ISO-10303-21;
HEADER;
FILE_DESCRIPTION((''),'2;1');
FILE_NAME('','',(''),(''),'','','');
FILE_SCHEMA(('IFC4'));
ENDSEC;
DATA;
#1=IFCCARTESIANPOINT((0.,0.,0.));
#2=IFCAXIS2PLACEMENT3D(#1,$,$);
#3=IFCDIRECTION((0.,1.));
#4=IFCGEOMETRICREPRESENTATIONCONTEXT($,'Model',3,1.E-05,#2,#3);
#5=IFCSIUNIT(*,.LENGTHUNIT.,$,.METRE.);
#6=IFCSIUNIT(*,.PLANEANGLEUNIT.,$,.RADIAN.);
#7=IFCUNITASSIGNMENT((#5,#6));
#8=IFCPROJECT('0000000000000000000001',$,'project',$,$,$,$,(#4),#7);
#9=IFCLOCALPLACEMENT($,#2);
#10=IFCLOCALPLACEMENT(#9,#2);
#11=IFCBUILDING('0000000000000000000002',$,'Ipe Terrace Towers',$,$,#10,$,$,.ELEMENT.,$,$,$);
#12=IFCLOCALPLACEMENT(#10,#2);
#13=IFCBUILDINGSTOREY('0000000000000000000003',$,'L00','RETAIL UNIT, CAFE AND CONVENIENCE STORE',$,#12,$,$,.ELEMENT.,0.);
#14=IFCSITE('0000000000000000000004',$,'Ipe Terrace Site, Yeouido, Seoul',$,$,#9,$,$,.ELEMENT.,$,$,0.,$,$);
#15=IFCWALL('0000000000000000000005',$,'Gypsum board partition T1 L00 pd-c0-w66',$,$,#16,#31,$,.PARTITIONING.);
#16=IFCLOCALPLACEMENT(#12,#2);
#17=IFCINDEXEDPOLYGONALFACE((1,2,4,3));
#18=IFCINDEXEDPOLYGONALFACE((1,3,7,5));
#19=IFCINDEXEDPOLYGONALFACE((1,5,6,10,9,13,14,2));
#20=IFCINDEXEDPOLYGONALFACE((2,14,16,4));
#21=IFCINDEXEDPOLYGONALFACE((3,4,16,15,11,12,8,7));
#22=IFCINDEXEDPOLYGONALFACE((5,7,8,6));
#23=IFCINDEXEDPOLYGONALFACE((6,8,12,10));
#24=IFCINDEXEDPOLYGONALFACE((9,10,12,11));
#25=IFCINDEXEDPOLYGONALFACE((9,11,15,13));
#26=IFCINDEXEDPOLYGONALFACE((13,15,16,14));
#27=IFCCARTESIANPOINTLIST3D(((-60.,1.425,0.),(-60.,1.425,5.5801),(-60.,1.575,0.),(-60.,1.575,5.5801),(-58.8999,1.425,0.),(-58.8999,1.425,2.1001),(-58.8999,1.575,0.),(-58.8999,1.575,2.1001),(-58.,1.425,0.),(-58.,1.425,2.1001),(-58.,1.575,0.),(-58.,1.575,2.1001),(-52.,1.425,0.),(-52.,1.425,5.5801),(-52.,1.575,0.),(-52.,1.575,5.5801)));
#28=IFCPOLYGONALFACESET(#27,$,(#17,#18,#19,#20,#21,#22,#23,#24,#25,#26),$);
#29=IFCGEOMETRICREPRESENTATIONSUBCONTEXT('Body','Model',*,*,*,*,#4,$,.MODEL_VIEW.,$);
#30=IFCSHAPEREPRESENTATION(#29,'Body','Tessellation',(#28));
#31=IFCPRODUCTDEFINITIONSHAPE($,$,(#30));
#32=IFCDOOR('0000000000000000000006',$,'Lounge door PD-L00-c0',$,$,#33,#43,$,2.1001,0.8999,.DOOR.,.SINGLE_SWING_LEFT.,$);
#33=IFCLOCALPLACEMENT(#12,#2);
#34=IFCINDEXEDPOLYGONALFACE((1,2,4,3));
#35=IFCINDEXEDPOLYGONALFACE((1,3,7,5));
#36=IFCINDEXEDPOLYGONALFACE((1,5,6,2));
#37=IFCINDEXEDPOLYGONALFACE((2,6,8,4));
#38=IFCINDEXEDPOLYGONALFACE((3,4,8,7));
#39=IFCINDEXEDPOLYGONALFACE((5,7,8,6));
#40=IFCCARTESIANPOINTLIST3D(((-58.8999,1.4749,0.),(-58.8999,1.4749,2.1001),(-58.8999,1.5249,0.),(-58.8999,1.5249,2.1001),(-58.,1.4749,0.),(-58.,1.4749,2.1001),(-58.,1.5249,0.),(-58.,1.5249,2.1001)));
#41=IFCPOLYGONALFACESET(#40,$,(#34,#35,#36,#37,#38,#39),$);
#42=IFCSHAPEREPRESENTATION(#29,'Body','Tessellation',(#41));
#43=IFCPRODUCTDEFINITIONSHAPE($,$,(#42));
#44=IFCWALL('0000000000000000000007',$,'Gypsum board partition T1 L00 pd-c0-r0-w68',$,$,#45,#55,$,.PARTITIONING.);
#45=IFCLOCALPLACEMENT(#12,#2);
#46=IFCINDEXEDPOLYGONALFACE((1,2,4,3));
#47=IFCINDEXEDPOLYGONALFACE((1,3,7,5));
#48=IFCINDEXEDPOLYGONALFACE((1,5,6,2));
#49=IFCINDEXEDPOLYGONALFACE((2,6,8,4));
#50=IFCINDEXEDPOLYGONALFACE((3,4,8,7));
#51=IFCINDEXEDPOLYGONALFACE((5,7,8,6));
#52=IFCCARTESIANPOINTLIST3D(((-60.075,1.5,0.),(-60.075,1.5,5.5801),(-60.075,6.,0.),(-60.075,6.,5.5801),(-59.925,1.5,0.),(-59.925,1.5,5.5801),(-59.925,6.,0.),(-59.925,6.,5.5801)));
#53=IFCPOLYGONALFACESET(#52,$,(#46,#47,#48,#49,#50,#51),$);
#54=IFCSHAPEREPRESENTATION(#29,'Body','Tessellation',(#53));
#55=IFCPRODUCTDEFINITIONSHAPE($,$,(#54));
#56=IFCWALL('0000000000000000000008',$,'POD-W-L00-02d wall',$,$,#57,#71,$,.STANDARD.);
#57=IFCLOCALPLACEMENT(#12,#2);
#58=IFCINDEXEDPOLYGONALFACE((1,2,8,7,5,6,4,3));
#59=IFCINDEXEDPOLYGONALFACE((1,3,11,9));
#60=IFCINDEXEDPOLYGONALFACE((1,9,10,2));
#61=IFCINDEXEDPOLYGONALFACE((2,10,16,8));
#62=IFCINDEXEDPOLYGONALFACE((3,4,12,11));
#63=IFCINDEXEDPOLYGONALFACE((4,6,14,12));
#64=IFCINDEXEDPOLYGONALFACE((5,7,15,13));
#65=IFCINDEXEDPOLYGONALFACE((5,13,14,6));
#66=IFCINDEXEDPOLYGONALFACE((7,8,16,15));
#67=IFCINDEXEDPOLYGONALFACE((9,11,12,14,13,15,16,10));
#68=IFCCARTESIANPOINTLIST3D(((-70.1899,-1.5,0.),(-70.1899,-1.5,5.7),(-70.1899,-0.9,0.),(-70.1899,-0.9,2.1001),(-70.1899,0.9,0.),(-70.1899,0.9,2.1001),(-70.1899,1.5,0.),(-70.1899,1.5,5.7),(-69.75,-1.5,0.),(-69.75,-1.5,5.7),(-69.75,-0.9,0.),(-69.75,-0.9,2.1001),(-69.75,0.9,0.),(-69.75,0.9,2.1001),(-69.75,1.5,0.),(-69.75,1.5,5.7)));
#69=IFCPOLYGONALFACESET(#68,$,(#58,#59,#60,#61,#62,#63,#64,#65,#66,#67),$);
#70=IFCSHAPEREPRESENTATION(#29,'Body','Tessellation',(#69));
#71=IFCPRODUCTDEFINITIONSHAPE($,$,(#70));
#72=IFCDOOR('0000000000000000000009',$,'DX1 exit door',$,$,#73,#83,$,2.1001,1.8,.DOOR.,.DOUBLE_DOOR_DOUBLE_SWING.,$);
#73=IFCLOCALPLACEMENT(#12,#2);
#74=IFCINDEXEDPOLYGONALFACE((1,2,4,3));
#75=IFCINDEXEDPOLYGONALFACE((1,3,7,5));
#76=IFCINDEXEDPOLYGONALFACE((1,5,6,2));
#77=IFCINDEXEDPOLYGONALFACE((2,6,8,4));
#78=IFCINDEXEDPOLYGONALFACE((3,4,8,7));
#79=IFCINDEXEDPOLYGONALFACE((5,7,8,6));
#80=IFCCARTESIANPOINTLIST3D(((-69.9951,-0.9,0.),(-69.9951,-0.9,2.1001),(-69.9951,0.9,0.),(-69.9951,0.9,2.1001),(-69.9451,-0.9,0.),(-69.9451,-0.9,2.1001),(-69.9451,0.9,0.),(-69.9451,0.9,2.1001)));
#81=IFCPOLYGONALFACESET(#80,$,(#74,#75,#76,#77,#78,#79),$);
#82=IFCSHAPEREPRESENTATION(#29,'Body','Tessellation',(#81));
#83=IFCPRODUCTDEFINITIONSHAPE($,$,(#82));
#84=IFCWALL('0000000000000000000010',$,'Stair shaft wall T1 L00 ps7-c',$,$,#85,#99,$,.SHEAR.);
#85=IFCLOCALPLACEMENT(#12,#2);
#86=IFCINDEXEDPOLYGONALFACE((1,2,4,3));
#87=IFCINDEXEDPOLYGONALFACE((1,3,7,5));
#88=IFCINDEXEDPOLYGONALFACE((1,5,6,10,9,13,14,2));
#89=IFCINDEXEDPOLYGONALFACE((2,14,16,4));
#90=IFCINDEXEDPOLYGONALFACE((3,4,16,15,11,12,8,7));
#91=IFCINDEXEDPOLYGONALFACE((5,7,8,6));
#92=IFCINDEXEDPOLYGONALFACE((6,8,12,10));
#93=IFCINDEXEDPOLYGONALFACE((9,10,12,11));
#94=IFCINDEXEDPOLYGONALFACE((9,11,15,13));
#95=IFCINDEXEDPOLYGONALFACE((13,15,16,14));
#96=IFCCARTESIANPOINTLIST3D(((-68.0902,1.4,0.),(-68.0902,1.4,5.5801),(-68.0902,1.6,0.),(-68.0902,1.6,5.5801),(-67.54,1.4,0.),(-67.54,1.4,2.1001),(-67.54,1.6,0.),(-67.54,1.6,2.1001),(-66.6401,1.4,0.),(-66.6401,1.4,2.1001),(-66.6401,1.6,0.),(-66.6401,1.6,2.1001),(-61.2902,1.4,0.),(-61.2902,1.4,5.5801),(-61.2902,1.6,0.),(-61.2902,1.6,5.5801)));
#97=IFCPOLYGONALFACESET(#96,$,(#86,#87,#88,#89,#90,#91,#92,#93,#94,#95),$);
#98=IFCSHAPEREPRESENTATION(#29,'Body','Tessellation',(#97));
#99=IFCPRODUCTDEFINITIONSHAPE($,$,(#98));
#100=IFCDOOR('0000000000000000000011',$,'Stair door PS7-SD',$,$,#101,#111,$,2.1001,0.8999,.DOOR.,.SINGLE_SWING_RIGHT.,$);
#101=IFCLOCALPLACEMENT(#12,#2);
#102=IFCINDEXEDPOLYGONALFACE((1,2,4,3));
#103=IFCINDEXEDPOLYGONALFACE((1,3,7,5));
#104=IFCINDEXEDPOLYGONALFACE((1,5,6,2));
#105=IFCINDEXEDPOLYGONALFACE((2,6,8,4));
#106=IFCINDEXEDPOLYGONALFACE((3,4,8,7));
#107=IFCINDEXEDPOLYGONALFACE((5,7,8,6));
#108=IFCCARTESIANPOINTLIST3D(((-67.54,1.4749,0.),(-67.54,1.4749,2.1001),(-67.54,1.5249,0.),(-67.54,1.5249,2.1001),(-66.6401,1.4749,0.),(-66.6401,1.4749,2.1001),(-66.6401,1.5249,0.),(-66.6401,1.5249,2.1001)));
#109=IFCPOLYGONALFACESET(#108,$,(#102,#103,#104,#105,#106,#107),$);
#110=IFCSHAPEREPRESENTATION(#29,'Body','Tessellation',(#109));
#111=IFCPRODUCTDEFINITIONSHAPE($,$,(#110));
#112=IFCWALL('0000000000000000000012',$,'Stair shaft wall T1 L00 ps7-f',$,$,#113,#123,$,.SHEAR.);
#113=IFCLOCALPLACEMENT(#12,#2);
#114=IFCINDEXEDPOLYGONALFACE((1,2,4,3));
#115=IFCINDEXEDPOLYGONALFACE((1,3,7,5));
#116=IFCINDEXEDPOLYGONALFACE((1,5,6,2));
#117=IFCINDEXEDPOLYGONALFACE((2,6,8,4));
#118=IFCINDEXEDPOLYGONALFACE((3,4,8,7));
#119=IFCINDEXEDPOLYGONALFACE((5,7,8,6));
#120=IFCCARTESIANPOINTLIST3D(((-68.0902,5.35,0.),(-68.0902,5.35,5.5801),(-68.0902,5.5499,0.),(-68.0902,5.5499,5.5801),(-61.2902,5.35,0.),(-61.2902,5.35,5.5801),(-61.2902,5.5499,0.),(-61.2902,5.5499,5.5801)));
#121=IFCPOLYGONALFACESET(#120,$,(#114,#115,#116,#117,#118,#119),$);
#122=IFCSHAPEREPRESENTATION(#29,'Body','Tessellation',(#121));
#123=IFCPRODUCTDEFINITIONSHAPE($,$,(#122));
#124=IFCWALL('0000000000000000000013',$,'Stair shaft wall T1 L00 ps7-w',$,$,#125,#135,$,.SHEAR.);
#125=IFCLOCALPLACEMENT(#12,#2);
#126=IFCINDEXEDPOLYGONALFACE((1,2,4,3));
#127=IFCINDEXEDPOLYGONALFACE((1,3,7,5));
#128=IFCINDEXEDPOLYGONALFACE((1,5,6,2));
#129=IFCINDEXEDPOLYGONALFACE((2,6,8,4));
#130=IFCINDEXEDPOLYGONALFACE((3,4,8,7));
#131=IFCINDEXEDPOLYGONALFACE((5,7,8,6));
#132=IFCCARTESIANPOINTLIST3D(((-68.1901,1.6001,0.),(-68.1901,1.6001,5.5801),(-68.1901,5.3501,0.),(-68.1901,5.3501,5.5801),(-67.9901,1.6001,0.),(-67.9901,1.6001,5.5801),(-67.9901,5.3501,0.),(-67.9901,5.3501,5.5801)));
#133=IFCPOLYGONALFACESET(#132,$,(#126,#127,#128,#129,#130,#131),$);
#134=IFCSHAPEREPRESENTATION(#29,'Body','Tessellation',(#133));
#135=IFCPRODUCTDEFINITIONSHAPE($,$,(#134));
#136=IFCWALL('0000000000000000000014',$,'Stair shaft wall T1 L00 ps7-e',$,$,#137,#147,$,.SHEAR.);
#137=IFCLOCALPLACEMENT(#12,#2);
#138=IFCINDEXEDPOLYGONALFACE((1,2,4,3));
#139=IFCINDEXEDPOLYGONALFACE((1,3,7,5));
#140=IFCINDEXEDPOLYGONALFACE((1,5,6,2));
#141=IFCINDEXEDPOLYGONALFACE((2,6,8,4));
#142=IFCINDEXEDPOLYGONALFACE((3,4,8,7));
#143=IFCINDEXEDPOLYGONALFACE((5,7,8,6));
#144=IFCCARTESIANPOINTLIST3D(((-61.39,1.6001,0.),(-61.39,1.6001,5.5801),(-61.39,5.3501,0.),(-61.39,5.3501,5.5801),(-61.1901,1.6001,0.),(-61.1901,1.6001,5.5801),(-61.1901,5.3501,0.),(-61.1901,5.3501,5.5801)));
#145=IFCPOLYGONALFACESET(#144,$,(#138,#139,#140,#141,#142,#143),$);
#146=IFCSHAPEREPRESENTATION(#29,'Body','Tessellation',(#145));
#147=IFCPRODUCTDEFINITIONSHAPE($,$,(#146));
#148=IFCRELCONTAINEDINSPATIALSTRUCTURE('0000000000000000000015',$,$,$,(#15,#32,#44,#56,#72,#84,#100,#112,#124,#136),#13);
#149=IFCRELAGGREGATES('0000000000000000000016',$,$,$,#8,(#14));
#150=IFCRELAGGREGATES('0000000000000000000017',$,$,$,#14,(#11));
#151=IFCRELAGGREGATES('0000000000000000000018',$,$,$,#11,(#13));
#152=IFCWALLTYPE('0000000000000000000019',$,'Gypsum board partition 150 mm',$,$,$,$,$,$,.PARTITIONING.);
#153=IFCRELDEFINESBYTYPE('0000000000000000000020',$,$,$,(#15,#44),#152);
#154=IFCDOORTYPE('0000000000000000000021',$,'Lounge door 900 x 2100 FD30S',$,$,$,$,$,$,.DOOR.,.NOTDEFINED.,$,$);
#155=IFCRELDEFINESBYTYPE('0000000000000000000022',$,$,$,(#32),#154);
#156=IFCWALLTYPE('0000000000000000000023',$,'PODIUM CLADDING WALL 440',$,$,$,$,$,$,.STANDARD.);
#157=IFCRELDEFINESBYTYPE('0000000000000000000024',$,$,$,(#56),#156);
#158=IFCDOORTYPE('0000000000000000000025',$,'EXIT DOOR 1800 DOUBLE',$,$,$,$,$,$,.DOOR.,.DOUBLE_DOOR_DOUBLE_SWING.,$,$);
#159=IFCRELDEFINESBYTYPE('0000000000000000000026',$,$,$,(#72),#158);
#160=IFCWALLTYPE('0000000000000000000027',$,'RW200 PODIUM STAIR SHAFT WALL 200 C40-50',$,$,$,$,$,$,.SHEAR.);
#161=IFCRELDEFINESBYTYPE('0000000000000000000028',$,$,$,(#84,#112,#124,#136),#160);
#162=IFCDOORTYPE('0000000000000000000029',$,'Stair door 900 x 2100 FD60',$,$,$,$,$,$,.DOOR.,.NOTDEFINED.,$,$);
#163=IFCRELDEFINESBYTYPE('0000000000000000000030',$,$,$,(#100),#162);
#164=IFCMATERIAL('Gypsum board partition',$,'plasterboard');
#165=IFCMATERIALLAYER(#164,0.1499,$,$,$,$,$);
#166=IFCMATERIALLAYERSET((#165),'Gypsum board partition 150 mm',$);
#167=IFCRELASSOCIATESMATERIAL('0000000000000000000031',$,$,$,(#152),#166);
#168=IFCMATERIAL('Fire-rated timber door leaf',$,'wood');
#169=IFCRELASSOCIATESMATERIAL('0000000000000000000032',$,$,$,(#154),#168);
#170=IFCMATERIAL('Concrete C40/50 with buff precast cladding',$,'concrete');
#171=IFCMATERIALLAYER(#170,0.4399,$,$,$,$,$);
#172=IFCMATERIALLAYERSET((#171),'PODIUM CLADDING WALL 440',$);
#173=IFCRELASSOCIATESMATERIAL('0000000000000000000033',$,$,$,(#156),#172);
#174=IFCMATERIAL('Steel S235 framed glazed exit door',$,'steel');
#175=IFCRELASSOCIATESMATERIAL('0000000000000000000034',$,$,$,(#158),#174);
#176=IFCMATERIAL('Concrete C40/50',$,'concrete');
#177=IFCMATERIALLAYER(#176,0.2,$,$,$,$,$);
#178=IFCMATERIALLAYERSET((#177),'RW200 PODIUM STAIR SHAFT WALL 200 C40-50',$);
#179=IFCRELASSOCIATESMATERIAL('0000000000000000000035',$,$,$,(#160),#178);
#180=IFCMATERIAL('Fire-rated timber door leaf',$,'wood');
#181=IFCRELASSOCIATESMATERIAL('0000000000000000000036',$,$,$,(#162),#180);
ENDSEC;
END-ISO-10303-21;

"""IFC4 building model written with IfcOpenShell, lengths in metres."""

from ifc_helpers import new_model, si_unit, direction, frame, frame_2d, origin, place, context, subcontext, project, spatial, rectangle, extrude, material, layer, layer_set, type_object, element, fill, save


model = new_model("IFC4")

# Units and contexts
model_context = context("Model", 3, precision=1e-05, world=origin(), true_north=direction((0.0, 1.0)))
body_context = subcontext(model_context, "Body", "Model", "MODEL_VIEW")
ifc_project = project(units=[si_unit("LENGTHUNIT", "METRE"), si_unit("PLANEANGLEUNIT", "RADIAN")], contexts=[model_context])

# Site, building, storey
site_placement = place(None, origin())
site = spatial("IfcSite", under=ifc_project, at=site_placement, Name="Ipe Terrace Site, Yeouido, Seoul", CompositionType="ELEMENT", RefElevation=0.0)
building_placement = place(site_placement, origin())
building = spatial("IfcBuilding", under=site, at=building_placement, Name="Ipe Terrace Towers", CompositionType="ELEMENT")
storey_placement = place(building_placement, origin())
storey = spatial("IfcBuildingStorey", under=building, at=storey_placement, Name="L00", Description="RETAIL UNIT, CAFE AND CONVENIENCE STORE", CompositionType="ELEMENT", Elevation=0.0)

# Shared definitions
ifc_material_1 = material(Name="Gypsum board partition", Category="plasterboard")
ifc_layer_1 = layer(ifc_material_1, 0.1499)
ifc_layer_set_1 = layer_set([ifc_layer_1], Name="Gypsum board partition 150 mm")
wall_type_1 = type_object("IfcWallType", Name="Gypsum board partition 150 mm", PredefinedType="PARTITIONING", material=ifc_layer_set_1)

# Wall, opening, door
wall_1_placement = place(storey_placement, frame((-60.0, 1.5, 0.0), z_axis=(0.0, 0.0, 1.0), x_axis=(1.0, 0.0, 0.0)))
wall_1 = element("IfcWall", 1, at=wall_1_placement, inside=storey, type_object=wall_type_1, Name="Gypsum board partition T1 L00 pd-c0-w66", PredefinedType="PARTITIONING", context=body_context, shape_type="SweptSolid", body=[
    extrude(rectangle(XDim=8.0, YDim=0.1499, at=frame_2d((4.0, 0.0))), origin(), (0.0, 0.0, 1.0), 5.5801),
])
opening_1_placement = place(wall_1_placement, frame((1.1001, 0.0, 0.0)))
opening_1 = element("IfcOpeningElement", 2, at=opening_1_placement, cuts=wall_1, PredefinedType="OPENING", context=body_context, shape_type="SweptSolid", body=[
    extrude(rectangle(XDim=0.8999, YDim=2.1001, at=frame_2d((0.45, 1.05))), frame((0.0, 0.085, 0.0), z_axis=(0.0, -1.0, 0.0), x_axis=(1.0, 0.0, 0.0)), (0.0, 0.0, 1.0), 0.1699),
])
ifc_material_2 = material(Name="Fire-rated timber door leaf", Category="wood")
door_type_1 = type_object("IfcDoorType", Name="Lounge door 900 x 2100 FD30S", OperationType="NOTDEFINED", PredefinedType="DOOR", material=ifc_material_2)
door_1_placement = place(opening_1_placement, origin())
door_1 = element("IfcDoor", 3, at=door_1_placement, inside=storey, type_object=door_type_1, Name="Lounge door PD-L00-c0", OperationType="SINGLE_SWING_LEFT", OverallHeight=2.1001, OverallWidth=0.8999, PredefinedType="DOOR", context=body_context, shape_type="SweptSolid", body=[
    extrude(rectangle(XDim=0.8999, YDim=2.1001, at=frame_2d((0.45, 1.05))), frame((0.0, 0.0249, 0.0), z_axis=(0.0, -1.0, 0.0), x_axis=(1.0, 0.0, 0.0)), (0.0, 0.0, 1.0), 0.05),
])
fill(opening_1, door_1)

# Wall
wall_2_placement = place(storey_placement, frame((-60.0, 6.0, 0.0), z_axis=(0.0, 0.0, 1.0), x_axis=(0.0, -1.0, 0.0)))
element("IfcWall", 4, at=wall_2_placement, inside=storey, type_object=wall_type_1, Name="Gypsum board partition T1 L00 pd-c0-r0-w68", PredefinedType="PARTITIONING", context=body_context, shape_type="SweptSolid", body=[
    extrude(rectangle(XDim=4.5, YDim=0.1499, at=frame_2d((2.25, 0.0))), origin(), (0.0, 0.0, 1.0), 5.5801),
])

# Walls, openings, doors
ifc_material_3 = material(Name="Concrete C40/50 with buff precast cladding", Category="concrete")
ifc_layer_2 = layer(ifc_material_3, 0.4399)
ifc_layer_set_2 = layer_set([ifc_layer_2], Name="PODIUM CLADDING WALL 440")
wall_type_2 = type_object("IfcWallType", Name="PODIUM CLADDING WALL 440", PredefinedType="STANDARD", material=ifc_layer_set_2)
wall_3_placement = place(storey_placement, frame((-69.97, 1.5, 0.0), z_axis=(0.0, 0.0, 1.0), x_axis=(0.0, -1.0, 0.0)))
wall_3 = element("IfcWall", 5, at=wall_3_placement, inside=storey, type_object=wall_type_2, Name="POD-W-L00-02d wall", PredefinedType="STANDARD", context=body_context, shape_type="SweptSolid", body=[
    extrude(rectangle(XDim=3.0, YDim=0.4399, at=frame_2d((1.5, 0.0))), origin(), (0.0, 0.0, 1.0), 5.7),
])
opening_2_placement = place(wall_3_placement, frame((0.6001, 0.0, 0.0)))
opening_2 = element("IfcOpeningElement", 6, at=opening_2_placement, cuts=wall_3, PredefinedType="OPENING", context=body_context, shape_type="SweptSolid", body=[
    extrude(rectangle(XDim=1.8, YDim=2.1001, at=frame_2d((0.8999, 1.05))), frame((0.0, 0.23, 0.0), z_axis=(0.0, -1.0, 0.0), x_axis=(1.0, 0.0, 0.0)), (0.0, 0.0, 1.0), 0.46),
])
ifc_material_4 = material(Name="Steel S235 framed glazed exit door", Category="steel")
door_type_2 = type_object("IfcDoorType", Name="EXIT DOOR 1800 DOUBLE", OperationType="DOUBLE_DOOR_DOUBLE_SWING", PredefinedType="DOOR", material=ifc_material_4)
door_2_placement = place(opening_2_placement, origin())
door_2 = element("IfcDoor", 7, at=door_2_placement, inside=storey, type_object=door_type_2, Name="DX1 exit door", OperationType="DOUBLE_DOOR_DOUBLE_SWING", OverallHeight=2.1001, OverallWidth=1.8, PredefinedType="DOOR", context=body_context, shape_type="SweptSolid", body=[
    extrude(rectangle(XDim=1.8, YDim=2.1001, at=frame_2d((0.8999, 1.05))), frame((0.0, 0.0249, 0.0), z_axis=(0.0, -1.0, 0.0), x_axis=(1.0, 0.0, 0.0)), (0.0, 0.0, 1.0), 0.05),
])
fill(opening_2, door_2)
ifc_material_5 = material(Name="Concrete C40/50", Category="concrete")
ifc_layer_3 = layer(ifc_material_5, 0.2)
ifc_layer_set_3 = layer_set([ifc_layer_3], Name="RW200 PODIUM STAIR SHAFT WALL 200 C40-50")
wall_type_3 = type_object("IfcWallType", Name="RW200 PODIUM STAIR SHAFT WALL 200 C40-50", PredefinedType="SHEAR", material=ifc_layer_set_3)
wall_4_placement = place(storey_placement, frame((-68.0901, 1.5, 0.0), z_axis=(0.0, 0.0, 1.0), x_axis=(1.0, 0.0, 0.0)))
wall_4 = element("IfcWall", 8, at=wall_4_placement, inside=storey, type_object=wall_type_3, Name="Stair shaft wall T1 L00 ps7-c", PredefinedType="SHEAR", context=body_context, shape_type="SweptSolid", body=[
    extrude(rectangle(XDim=6.8, YDim=0.2, at=frame_2d((3.3999, 0.0))), origin(), (0.0, 0.0, 1.0), 5.5801),
])
opening_3_placement = place(wall_4_placement, frame((0.55, 0.0, 0.0)))
opening_3 = element("IfcOpeningElement", 9, at=opening_3_placement, cuts=wall_4, PredefinedType="OPENING", context=body_context, shape_type="SweptSolid", body=[
    extrude(rectangle(XDim=0.8999, YDim=2.1001, at=frame_2d((0.45, 1.05))), frame((0.0, 0.1099, 0.0), z_axis=(0.0, -1.0, 0.0), x_axis=(1.0, 0.0, 0.0)), (0.0, 0.0, 1.0), 0.22),
])
ifc_material_6 = material(Name="Fire-rated timber door leaf", Category="wood")
door_type_3 = type_object("IfcDoorType", Name="Stair door 900 x 2100 FD60", OperationType="NOTDEFINED", PredefinedType="DOOR", material=ifc_material_6)
door_3_placement = place(opening_3_placement, origin())
door_3 = element("IfcDoor", 10, at=door_3_placement, inside=storey, type_object=door_type_3, Name="Stair door PS7-SD", OperationType="SINGLE_SWING_RIGHT", OverallHeight=2.1001, OverallWidth=0.8999, PredefinedType="DOOR", context=body_context, shape_type="SweptSolid", body=[
    extrude(rectangle(XDim=0.8999, YDim=2.1001, at=frame_2d((0.45, 1.05))), frame((0.0, 0.0249, 0.0), z_axis=(0.0, -1.0, 0.0), x_axis=(1.0, 0.0, 0.0)), (0.0, 0.0, 1.0), 0.05),
])
fill(opening_3, door_3)

# Walls
wall_5_placement = place(storey_placement, frame((-68.0901, 5.45, 0.0), z_axis=(0.0, 0.0, 1.0), x_axis=(1.0, 0.0, 0.0)))
element("IfcWall", 11, at=wall_5_placement, inside=storey, type_object=wall_type_3, Name="Stair shaft wall T1 L00 ps7-f", PredefinedType="SHEAR", context=body_context, shape_type="SweptSolid", body=[
    extrude(rectangle(XDim=6.8, YDim=0.2, at=frame_2d((3.3999, 0.0))), origin(), (0.0, 0.0, 1.0), 5.5801),
])
for number, where, z_axis, x_axis, name in (
    (12, (-68.0901, 1.6001, 0.0), (0.0, 0.0, 1.0), (0.0, 1.0, 0.0), "Stair shaft wall T1 L00 ps7-w"),
    (13, (-61.29, 1.6001, 0.0), (0.0, 0.0, 1.0), (0.0, 1.0, 0.0), "Stair shaft wall T1 L00 ps7-e"),
):
    element("IfcWall", number, at=place(storey_placement, frame(where, z_axis=z_axis, x_axis=x_axis)), inside=storey, type_object=wall_type_3, Name=name, PredefinedType="SHEAR", context=body_context, shape_type="SweptSolid", body=[
        extrude(rectangle(XDim=3.75, YDim=0.2, at=frame_2d((1.875, 0.0))), origin(), (0.0, 0.0, 1.0), 5.5801),
    ])

save(model, "model.ifc")
